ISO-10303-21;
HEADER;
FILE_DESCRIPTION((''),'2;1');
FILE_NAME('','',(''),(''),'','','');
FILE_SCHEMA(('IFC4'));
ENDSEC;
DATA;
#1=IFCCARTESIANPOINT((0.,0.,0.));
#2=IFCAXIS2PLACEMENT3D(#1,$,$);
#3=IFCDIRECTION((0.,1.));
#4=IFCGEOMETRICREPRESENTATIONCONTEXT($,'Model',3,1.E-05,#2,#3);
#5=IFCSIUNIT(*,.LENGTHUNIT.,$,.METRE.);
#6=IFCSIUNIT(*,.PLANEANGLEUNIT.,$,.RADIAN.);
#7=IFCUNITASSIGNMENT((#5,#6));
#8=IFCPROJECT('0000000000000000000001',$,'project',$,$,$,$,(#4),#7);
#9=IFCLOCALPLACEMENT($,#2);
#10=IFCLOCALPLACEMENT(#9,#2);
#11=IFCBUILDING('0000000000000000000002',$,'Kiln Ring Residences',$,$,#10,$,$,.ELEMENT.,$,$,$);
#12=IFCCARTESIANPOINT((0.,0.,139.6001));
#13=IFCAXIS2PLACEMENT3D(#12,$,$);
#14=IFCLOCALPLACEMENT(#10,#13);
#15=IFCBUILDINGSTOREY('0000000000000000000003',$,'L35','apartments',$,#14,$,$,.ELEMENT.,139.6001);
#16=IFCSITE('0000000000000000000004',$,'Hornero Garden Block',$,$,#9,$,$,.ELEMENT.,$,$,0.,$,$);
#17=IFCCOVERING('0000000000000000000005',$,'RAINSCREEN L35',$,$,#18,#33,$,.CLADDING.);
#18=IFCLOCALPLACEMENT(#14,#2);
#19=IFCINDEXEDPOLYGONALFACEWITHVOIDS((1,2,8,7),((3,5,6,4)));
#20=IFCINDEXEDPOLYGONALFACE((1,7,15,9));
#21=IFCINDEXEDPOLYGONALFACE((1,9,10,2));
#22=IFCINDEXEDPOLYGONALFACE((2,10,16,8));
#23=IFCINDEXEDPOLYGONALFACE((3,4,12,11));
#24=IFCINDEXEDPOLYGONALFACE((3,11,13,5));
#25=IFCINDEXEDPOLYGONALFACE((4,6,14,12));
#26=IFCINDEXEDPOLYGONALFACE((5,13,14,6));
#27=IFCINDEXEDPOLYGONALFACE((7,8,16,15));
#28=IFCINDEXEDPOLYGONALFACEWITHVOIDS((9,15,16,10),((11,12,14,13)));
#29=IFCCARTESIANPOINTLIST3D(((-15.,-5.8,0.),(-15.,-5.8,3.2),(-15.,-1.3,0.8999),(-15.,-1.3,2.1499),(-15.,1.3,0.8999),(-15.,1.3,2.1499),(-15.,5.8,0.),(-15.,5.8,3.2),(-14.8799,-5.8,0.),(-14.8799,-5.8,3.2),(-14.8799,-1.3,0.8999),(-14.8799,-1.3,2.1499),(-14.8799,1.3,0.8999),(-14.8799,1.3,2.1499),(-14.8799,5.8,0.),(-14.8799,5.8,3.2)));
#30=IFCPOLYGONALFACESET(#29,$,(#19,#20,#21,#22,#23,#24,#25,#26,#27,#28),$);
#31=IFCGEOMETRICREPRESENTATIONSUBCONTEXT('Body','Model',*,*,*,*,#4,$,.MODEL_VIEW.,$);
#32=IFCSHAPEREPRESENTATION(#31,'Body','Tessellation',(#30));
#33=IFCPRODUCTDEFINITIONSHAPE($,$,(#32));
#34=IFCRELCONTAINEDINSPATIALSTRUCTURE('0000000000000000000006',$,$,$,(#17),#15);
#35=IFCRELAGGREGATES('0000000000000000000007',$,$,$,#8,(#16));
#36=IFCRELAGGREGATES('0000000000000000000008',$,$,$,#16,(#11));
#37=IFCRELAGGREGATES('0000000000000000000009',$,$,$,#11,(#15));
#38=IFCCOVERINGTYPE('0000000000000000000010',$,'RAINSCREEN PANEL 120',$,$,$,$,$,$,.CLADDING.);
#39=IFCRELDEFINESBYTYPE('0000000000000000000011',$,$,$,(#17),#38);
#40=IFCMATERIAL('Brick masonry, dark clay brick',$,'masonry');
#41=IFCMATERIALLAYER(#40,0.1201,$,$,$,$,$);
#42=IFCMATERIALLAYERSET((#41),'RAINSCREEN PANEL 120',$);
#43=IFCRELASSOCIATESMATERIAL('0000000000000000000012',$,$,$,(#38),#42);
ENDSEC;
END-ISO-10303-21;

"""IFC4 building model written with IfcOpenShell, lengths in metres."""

from ifc_helpers import new_model, si_unit, direction, frame, origin, place, context, subcontext, project, spatial, polyline, outline, extrude, material, layer, layer_set, type_object, element, save


model = new_model("IFC4")

# Units and contexts
model_context = context("Model", 3, precision=1e-05, world=origin(), true_north=direction((0.0, 1.0)))
body_context = subcontext(model_context, "Body", "Model", "MODEL_VIEW")
ifc_project = project(units=[si_unit("LENGTHUNIT", "METRE"), si_unit("PLANEANGLEUNIT", "RADIAN")], contexts=[model_context])

# Site, building, storey
site_placement = place(None, origin())
site = spatial("IfcSite", under=ifc_project, at=site_placement, Name="Hornero Garden Block", CompositionType="ELEMENT", RefElevation=0.0)
building_placement = place(site_placement, origin())
building = spatial("IfcBuilding", under=site, at=building_placement, Name="Kiln Ring Residences", CompositionType="ELEMENT")
storey_placement = place(building_placement, frame((0.0, 0.0, 139.6001)))
storey = spatial("IfcBuildingStorey", under=building, at=storey_placement, Name="L35", Description="apartments", CompositionType="ELEMENT", Elevation=139.6001)

# Covering
ifc_material_1 = material(Name="Brick masonry, dark clay brick", Category="masonry")
ifc_layer_1 = layer(ifc_material_1, 0.1201)
ifc_layer_set_1 = layer_set([ifc_layer_1], Name="RAINSCREEN PANEL 120")
covering_type = type_object("IfcCoveringType", Name="RAINSCREEN PANEL 120", PredefinedType="CLADDING", material=ifc_layer_set_1)
covering_placement = place(storey_placement, frame((-14.9399, -5.8, 0.0), z_axis=(0.0, 0.0, 1.0), x_axis=(0.0, 1.0, 0.0)))
element("IfcCovering", 1, at=covering_placement, inside=storey, type_object=covering_type, Name="RAINSCREEN L35", PredefinedType="CLADDING", context=body_context, shape_type="SweptSolid", body=[
    extrude(outline(polyline([(0.0, 0.0), (11.6001, 0.0), (11.6001, 3.2), (0.0, 3.2), (0.0, 0.0)]), holes=[polyline([(4.5, 2.1499), (4.5, 0.8999), (7.1001, 0.8999), (7.1001, 2.1499), (4.5, 2.1499)])]), frame((0.0, 0.0601, 0.0), z_axis=(0.0, -1.0, 0.0), x_axis=(1.0, 0.0, 0.0)), (0.0, 0.0, 1.0), 0.1201),
])

save(model, "model.ifc")
